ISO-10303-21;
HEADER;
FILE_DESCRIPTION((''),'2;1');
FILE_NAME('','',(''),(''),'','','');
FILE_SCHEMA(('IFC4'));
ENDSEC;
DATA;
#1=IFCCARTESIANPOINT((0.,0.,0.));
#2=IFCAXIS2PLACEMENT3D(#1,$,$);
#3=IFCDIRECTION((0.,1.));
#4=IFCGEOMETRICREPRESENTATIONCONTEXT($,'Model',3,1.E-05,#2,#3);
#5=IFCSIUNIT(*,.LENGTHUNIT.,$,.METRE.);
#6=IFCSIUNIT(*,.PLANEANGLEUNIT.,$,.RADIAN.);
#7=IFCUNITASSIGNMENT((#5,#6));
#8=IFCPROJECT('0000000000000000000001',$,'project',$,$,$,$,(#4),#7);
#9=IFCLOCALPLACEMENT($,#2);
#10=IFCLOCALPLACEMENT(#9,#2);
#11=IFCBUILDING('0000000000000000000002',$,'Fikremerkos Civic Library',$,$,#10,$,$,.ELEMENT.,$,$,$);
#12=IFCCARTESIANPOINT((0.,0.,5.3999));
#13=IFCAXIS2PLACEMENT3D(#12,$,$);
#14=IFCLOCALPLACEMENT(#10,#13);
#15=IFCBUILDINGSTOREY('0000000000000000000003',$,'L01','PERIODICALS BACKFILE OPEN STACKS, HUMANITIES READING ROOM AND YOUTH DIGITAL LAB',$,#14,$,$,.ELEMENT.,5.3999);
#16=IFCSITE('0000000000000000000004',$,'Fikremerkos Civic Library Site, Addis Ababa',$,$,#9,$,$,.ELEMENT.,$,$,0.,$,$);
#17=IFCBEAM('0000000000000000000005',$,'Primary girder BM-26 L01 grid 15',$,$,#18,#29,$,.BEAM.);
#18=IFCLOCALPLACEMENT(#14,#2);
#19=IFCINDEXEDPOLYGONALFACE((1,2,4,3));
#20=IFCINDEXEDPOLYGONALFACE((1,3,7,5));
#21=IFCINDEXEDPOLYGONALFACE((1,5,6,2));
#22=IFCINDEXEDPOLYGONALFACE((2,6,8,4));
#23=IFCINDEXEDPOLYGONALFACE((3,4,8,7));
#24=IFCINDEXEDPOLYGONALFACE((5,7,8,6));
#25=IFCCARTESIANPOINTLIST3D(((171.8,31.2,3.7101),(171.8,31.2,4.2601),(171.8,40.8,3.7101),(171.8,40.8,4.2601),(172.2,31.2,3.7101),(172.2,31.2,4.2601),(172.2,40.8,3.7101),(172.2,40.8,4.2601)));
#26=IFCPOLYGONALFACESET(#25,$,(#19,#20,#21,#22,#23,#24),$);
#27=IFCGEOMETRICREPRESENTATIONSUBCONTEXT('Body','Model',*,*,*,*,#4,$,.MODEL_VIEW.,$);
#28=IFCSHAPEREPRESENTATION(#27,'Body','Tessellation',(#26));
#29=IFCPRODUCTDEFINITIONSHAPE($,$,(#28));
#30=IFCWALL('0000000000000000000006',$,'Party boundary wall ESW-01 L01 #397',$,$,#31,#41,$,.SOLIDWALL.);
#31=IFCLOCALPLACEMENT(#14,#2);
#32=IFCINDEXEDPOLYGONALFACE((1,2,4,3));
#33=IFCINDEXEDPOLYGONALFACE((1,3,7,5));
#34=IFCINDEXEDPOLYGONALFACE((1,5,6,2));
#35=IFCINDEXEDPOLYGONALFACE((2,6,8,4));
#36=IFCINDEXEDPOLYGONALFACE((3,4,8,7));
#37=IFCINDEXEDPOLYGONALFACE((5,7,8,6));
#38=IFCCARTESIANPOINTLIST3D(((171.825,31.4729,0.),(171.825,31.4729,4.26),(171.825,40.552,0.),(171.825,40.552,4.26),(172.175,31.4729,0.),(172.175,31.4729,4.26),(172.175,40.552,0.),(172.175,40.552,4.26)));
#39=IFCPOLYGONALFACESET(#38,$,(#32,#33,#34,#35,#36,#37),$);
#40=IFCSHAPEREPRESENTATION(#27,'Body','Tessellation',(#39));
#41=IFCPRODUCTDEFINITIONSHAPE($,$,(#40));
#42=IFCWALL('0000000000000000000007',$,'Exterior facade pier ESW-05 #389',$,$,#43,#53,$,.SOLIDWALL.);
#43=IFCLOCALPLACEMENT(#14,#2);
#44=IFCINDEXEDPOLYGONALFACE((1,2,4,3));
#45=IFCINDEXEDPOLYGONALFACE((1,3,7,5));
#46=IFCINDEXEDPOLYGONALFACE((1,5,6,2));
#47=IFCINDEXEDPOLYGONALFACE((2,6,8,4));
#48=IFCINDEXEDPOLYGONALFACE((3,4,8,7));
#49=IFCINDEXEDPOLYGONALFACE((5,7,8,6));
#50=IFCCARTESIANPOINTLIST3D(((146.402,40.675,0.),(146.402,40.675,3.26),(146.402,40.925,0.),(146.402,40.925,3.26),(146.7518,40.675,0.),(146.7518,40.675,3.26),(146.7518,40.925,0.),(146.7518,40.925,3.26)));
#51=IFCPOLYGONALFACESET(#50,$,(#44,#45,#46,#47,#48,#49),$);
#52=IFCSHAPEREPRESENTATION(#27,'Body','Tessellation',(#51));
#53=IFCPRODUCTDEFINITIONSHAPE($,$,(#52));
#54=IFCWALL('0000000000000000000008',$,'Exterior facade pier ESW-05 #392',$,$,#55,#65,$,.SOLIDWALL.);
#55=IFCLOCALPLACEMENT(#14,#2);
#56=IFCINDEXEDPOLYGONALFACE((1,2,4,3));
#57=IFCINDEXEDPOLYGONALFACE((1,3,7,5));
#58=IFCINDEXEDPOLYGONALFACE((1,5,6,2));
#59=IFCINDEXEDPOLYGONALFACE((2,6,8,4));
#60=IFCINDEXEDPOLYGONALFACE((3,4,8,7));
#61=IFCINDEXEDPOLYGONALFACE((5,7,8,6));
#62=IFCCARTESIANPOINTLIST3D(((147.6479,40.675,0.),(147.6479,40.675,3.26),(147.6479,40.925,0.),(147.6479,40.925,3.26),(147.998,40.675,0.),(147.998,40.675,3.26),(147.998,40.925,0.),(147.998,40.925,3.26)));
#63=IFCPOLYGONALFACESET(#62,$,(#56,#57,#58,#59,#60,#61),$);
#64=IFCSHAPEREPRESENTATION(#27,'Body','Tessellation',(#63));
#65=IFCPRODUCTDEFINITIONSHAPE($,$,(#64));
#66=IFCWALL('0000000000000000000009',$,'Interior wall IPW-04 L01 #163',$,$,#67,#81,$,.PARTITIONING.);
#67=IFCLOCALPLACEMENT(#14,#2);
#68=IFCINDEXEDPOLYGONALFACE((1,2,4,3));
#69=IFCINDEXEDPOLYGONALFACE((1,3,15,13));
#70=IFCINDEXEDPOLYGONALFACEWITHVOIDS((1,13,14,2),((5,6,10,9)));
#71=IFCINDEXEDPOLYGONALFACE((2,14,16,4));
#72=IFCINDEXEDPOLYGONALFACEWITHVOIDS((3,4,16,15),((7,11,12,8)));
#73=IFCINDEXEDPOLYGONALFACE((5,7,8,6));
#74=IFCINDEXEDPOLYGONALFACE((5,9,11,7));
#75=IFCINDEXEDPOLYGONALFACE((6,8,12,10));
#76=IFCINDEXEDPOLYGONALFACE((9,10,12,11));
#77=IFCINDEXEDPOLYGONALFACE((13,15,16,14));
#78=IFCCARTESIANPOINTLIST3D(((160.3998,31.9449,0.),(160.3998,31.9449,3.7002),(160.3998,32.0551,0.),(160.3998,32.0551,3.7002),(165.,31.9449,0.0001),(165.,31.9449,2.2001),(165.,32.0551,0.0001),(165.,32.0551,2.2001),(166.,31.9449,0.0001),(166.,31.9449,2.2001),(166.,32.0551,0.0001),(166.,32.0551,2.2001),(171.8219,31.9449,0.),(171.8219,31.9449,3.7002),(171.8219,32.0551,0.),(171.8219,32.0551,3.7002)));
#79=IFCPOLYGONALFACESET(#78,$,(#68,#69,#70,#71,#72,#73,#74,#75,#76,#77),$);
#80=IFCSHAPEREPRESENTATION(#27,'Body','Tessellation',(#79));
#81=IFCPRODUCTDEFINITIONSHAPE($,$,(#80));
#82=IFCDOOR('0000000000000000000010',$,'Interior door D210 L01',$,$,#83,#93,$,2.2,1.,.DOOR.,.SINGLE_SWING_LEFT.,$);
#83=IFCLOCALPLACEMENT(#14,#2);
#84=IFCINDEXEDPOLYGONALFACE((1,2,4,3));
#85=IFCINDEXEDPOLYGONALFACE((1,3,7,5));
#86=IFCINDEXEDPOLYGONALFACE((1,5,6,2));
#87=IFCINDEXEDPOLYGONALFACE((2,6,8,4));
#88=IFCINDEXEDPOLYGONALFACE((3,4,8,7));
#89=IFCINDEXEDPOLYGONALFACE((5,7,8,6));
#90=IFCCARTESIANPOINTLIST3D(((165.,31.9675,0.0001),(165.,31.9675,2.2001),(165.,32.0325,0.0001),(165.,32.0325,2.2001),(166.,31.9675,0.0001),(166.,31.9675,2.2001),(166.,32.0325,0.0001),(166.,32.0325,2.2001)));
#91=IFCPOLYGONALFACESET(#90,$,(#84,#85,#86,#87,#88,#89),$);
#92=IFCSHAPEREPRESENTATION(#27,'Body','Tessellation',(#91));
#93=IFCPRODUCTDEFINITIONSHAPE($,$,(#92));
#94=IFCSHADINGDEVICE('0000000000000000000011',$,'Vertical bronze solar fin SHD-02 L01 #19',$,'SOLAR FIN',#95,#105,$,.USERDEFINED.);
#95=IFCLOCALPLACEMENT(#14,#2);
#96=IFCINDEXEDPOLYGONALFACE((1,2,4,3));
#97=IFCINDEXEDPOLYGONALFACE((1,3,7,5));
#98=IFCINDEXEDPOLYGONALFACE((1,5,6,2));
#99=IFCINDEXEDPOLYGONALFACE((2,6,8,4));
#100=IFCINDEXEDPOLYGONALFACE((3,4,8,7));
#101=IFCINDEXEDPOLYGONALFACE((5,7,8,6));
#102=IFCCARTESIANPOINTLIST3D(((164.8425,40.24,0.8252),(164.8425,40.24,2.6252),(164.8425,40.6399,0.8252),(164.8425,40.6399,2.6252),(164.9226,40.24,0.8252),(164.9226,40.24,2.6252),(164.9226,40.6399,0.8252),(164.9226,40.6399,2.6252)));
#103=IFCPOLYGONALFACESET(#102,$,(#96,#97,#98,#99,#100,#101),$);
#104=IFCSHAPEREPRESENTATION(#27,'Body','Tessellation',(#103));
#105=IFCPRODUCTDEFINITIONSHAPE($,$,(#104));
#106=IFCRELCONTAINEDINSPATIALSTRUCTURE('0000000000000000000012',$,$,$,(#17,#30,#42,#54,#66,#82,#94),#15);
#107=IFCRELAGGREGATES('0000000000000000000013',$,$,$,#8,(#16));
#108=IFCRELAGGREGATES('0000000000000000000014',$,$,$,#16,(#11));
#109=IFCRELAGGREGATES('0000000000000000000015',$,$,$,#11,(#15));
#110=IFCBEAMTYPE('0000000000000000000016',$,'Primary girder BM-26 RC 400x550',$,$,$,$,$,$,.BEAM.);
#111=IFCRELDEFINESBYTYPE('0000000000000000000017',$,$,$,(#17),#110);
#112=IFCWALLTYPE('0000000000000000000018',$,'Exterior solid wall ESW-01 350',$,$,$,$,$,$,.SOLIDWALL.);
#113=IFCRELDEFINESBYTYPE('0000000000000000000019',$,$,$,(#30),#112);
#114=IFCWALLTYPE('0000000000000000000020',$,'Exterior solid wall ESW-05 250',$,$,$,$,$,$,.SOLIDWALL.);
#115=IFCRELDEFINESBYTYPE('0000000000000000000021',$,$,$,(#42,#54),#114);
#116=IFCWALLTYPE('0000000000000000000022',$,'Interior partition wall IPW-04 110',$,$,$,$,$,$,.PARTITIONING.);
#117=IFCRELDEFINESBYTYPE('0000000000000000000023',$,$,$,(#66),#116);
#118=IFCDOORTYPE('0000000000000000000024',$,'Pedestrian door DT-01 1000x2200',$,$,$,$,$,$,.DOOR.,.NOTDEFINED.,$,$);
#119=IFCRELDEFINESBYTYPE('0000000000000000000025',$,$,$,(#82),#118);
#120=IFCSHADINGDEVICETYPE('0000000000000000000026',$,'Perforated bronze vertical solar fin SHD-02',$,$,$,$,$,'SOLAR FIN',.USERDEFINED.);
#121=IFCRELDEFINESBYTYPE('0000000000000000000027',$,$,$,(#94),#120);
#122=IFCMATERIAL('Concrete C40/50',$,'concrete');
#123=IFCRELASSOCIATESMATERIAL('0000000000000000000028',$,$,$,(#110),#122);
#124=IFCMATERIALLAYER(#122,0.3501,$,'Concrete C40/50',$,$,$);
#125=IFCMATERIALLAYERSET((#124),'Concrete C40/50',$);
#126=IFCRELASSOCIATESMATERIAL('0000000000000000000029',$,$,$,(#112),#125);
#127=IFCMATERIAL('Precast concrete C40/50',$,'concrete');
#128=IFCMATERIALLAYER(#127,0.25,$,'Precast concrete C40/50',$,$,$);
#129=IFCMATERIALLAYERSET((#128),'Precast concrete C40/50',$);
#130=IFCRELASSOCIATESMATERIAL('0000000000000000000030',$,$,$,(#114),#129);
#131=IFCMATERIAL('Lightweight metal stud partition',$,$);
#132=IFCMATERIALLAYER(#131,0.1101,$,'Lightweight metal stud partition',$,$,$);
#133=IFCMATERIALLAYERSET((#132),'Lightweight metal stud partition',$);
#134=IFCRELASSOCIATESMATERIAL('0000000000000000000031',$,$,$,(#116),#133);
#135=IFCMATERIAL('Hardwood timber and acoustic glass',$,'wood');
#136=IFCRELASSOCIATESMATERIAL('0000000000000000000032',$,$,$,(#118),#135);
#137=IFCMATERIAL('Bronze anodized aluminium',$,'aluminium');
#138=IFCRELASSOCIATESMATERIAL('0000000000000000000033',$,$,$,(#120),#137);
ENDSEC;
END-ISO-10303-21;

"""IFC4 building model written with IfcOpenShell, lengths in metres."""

from ifc_helpers import new_model, si_unit, direction, frame, frame_2d, origin, origin_2d, place, context, subcontext, project, spatial, rectangle, extrude, material, layer, layer_set, material_profile, profile_set, type_object, element, fill, save


model = new_model("IFC4")

# Units and contexts
model_context = context("Model", 3, precision=1e-05, world=origin(), true_north=direction((0.0, 1.0)))
body_context = subcontext(model_context, "Body", "Model", "MODEL_VIEW")
ifc_project = project(units=[si_unit("LENGTHUNIT", "METRE"), si_unit("PLANEANGLEUNIT", "RADIAN")], contexts=[model_context])

# Site, building, storey
site_placement = place(None, origin())
site = spatial("IfcSite", under=ifc_project, at=site_placement, Name="Fikremerkos Civic Library Site, Addis Ababa", CompositionType="ELEMENT", RefElevation=0.0)
building_placement = place(site_placement, origin())
building = spatial("IfcBuilding", under=site, at=building_placement, Name="Fikremerkos Civic Library", CompositionType="ELEMENT")
storey_placement = place(building_placement, frame((0.0, 0.0, 5.3999)))
storey = spatial("IfcBuildingStorey", under=building, at=storey_placement, Name="L01", Description="PERIODICALS BACKFILE OPEN STACKS, HUMANITIES READING ROOM AND YOUTH DIGITAL LAB", CompositionType="ELEMENT", Elevation=5.3999)

# Shared definitions
ifc_material_1 = material(Name="Concrete C40/50", Category="concrete")

# Beam
ifc_material_profile_1 = material_profile(ifc_material_1, rectangle(XDim=0.3999, YDim=0.55, at=origin_2d()), Name="RC 400x550")
ifc_profile_set_1 = profile_set([ifc_material_profile_1], Name="Concrete C40/50")
beam_type_1 = type_object("IfcBeamType", Name="Primary girder BM-26 RC 400x550", PredefinedType="BEAM", material=ifc_profile_set_1)
beam_1_placement = place(storey_placement, frame((172.0, 31.2, 3.9851), z_axis=(0.0, 1.0, 0.0), x_axis=(-1.0, 0.0, 0.0)))
element("IfcBeam", 1, at=beam_1_placement, inside=storey, type_object=beam_type_1, Name="Primary girder BM-26 L01 grid 15", PredefinedType="BEAM", context=body_context, shape_type="SweptSolid", body=[
    extrude(rectangle(XDim=0.3999, YDim=0.55, at=origin_2d()), origin(), (0.0, 0.0, 1.0), 9.6001),
])

# Walls
ifc_layer_1 = layer(ifc_material_1, 0.3501, Name="Concrete C40/50")
ifc_layer_set_1 = layer_set([ifc_layer_1], Name="Concrete C40/50")
wall_type_1 = type_object("IfcWallType", Name="Exterior solid wall ESW-01 350", PredefinedType="SOLIDWALL", material=ifc_layer_set_1)
wall_1_placement = place(storey_placement, frame((172.0, 40.552, 0.0), z_axis=(0.0, 0.0, 1.0), x_axis=(0.0, -1.0, 0.0)))
element("IfcWall", 2, at=wall_1_placement, inside=storey, type_object=wall_type_1, Name="Party boundary wall ESW-01 L01 #397", PredefinedType="SOLIDWALL", context=body_context, shape_type="SweptSolid", body=[
    extrude(rectangle(XDim=9.0791, YDim=0.3501, at=frame_2d((4.5396, 0.0))), origin(), (0.0, 0.0, 1.0), 4.26),
])
ifc_material_2 = material(Name="Precast concrete C40/50", Category="concrete")
ifc_layer_2 = layer(ifc_material_2, 0.25, Name="Precast concrete C40/50")
ifc_layer_set_2 = layer_set([ifc_layer_2], Name="Precast concrete C40/50")
wall_type_2 = type_object("IfcWallType", Name="Exterior solid wall ESW-05 250", PredefinedType="SOLIDWALL", material=ifc_layer_set_2)
wall_2_placement = place(storey_placement, frame((146.4021, 40.8, 0.0), z_axis=(0.0, 0.0, 1.0), x_axis=(1.0, 0.0, 0.0)))
element("IfcWall", 3, at=wall_2_placement, inside=storey, type_object=wall_type_2, Name="Exterior facade pier ESW-05 #389", PredefinedType="SOLIDWALL", context=body_context, shape_type="SweptSolid", body=[
    extrude(rectangle(XDim=0.3499, YDim=0.25, at=frame_2d((0.1748, 0.0))), origin(), (0.0, 0.0, 1.0), 3.26),
])
wall_3_placement = place(storey_placement, frame((147.6479, 40.8, 0.0), z_axis=(0.0, 0.0, 1.0), x_axis=(1.0, 0.0, 0.0)))
element("IfcWall", 4, at=wall_3_placement, inside=storey, type_object=wall_type_2, Name="Exterior facade pier ESW-05 #392", PredefinedType="SOLIDWALL", context=body_context, shape_type="SweptSolid", body=[
    extrude(rectangle(XDim=0.3501, YDim=0.25, at=frame_2d((0.175, 0.0))), origin(), (0.0, 0.0, 1.0), 3.26),
])

# Wall, opening, door
ifc_material_3 = material(Name="Lightweight metal stud partition")
ifc_layer_3 = layer(ifc_material_3, 0.1101, Name="Lightweight metal stud partition")
ifc_layer_set_3 = layer_set([ifc_layer_3], Name="Lightweight metal stud partition")
wall_type_3 = type_object("IfcWallType", Name="Interior partition wall IPW-04 110", PredefinedType="PARTITIONING", material=ifc_layer_set_3)
wall_4_placement = place(storey_placement, frame((160.3999, 32.0, 0.0), z_axis=(0.0, 0.0, 1.0), x_axis=(1.0, 0.0, 0.0)))
wall_4 = element("IfcWall", 5, at=wall_4_placement, inside=storey, type_object=wall_type_3, Name="Interior wall IPW-04 L01 #163", PredefinedType="PARTITIONING", context=body_context, shape_type="SweptSolid", body=[
    extrude(rectangle(XDim=11.4221, YDim=0.1101, at=frame_2d((5.7109, 0.0))), origin(), (0.0, 0.0, 1.0), 3.7002),
])
opening_placement = place(wall_4_placement, frame((4.6001, 0.0, 0.0)))
opening = element("IfcOpeningElement", 6, at=opening_placement, cuts=wall_4, PredefinedType="OPENING", context=body_context, shape_type="SweptSolid", body=[
    extrude(rectangle(XDim=1.0, YDim=2.2, at=frame_2d((0.5, 1.1001))), frame((0.0, 0.0649, 0.0), z_axis=(0.0, -1.0, 0.0), x_axis=(1.0, 0.0, 0.0)), (0.0, 0.0, 1.0), 0.1301),
])
ifc_material_4 = material(Name="Hardwood timber and acoustic glass", Category="wood")
door_type = type_object("IfcDoorType", Name="Pedestrian door DT-01 1000x2200", OperationType="NOTDEFINED", PredefinedType="DOOR", material=ifc_material_4)
door_placement = place(opening_placement, origin())
door = element("IfcDoor", 7, at=door_placement, inside=storey, type_object=door_type, Name="Interior door D210 L01", OperationType="SINGLE_SWING_LEFT", OverallHeight=2.2, OverallWidth=1.0, PredefinedType="DOOR", context=body_context, shape_type="SweptSolid", body=[
    extrude(rectangle(XDim=1.0, YDim=2.2, at=frame_2d((0.5, 1.1001))), frame((0.0, 0.0325, 0.0), z_axis=(0.0, -1.0, 0.0), x_axis=(1.0, 0.0, 0.0)), (0.0, 0.0, 1.0), 0.0649),
])
fill(opening, door)

# Shading device
ifc_material_5 = material(Name="Bronze anodized aluminium", Category="aluminium")
shading_device_type = type_object("IfcShadingDeviceType", Name="Perforated bronze vertical solar fin SHD-02", ElementType="SOLAR FIN", PredefinedType="USERDEFINED", material=ifc_material_5)
shading_device_placement = place(storey_placement, frame((164.8826, 40.4399, 0.8252), z_axis=(0.0, 0.0, 1.0), x_axis=(1.0, 0.0, 0.0)))
element("IfcShadingDevice", 8, at=shading_device_placement, inside=storey, type_object=shading_device_type, Name="Vertical bronze solar fin SHD-02 L01 #19", ObjectType="SOLAR FIN", PredefinedType="USERDEFINED", context=body_context, shape_type="SweptSolid", body=[
    extrude(rectangle(XDim=0.0801, YDim=0.3999, at=origin_2d()), origin(), (0.0, 0.0, 1.0), 1.8),
])

save(model, "model.ifc")
